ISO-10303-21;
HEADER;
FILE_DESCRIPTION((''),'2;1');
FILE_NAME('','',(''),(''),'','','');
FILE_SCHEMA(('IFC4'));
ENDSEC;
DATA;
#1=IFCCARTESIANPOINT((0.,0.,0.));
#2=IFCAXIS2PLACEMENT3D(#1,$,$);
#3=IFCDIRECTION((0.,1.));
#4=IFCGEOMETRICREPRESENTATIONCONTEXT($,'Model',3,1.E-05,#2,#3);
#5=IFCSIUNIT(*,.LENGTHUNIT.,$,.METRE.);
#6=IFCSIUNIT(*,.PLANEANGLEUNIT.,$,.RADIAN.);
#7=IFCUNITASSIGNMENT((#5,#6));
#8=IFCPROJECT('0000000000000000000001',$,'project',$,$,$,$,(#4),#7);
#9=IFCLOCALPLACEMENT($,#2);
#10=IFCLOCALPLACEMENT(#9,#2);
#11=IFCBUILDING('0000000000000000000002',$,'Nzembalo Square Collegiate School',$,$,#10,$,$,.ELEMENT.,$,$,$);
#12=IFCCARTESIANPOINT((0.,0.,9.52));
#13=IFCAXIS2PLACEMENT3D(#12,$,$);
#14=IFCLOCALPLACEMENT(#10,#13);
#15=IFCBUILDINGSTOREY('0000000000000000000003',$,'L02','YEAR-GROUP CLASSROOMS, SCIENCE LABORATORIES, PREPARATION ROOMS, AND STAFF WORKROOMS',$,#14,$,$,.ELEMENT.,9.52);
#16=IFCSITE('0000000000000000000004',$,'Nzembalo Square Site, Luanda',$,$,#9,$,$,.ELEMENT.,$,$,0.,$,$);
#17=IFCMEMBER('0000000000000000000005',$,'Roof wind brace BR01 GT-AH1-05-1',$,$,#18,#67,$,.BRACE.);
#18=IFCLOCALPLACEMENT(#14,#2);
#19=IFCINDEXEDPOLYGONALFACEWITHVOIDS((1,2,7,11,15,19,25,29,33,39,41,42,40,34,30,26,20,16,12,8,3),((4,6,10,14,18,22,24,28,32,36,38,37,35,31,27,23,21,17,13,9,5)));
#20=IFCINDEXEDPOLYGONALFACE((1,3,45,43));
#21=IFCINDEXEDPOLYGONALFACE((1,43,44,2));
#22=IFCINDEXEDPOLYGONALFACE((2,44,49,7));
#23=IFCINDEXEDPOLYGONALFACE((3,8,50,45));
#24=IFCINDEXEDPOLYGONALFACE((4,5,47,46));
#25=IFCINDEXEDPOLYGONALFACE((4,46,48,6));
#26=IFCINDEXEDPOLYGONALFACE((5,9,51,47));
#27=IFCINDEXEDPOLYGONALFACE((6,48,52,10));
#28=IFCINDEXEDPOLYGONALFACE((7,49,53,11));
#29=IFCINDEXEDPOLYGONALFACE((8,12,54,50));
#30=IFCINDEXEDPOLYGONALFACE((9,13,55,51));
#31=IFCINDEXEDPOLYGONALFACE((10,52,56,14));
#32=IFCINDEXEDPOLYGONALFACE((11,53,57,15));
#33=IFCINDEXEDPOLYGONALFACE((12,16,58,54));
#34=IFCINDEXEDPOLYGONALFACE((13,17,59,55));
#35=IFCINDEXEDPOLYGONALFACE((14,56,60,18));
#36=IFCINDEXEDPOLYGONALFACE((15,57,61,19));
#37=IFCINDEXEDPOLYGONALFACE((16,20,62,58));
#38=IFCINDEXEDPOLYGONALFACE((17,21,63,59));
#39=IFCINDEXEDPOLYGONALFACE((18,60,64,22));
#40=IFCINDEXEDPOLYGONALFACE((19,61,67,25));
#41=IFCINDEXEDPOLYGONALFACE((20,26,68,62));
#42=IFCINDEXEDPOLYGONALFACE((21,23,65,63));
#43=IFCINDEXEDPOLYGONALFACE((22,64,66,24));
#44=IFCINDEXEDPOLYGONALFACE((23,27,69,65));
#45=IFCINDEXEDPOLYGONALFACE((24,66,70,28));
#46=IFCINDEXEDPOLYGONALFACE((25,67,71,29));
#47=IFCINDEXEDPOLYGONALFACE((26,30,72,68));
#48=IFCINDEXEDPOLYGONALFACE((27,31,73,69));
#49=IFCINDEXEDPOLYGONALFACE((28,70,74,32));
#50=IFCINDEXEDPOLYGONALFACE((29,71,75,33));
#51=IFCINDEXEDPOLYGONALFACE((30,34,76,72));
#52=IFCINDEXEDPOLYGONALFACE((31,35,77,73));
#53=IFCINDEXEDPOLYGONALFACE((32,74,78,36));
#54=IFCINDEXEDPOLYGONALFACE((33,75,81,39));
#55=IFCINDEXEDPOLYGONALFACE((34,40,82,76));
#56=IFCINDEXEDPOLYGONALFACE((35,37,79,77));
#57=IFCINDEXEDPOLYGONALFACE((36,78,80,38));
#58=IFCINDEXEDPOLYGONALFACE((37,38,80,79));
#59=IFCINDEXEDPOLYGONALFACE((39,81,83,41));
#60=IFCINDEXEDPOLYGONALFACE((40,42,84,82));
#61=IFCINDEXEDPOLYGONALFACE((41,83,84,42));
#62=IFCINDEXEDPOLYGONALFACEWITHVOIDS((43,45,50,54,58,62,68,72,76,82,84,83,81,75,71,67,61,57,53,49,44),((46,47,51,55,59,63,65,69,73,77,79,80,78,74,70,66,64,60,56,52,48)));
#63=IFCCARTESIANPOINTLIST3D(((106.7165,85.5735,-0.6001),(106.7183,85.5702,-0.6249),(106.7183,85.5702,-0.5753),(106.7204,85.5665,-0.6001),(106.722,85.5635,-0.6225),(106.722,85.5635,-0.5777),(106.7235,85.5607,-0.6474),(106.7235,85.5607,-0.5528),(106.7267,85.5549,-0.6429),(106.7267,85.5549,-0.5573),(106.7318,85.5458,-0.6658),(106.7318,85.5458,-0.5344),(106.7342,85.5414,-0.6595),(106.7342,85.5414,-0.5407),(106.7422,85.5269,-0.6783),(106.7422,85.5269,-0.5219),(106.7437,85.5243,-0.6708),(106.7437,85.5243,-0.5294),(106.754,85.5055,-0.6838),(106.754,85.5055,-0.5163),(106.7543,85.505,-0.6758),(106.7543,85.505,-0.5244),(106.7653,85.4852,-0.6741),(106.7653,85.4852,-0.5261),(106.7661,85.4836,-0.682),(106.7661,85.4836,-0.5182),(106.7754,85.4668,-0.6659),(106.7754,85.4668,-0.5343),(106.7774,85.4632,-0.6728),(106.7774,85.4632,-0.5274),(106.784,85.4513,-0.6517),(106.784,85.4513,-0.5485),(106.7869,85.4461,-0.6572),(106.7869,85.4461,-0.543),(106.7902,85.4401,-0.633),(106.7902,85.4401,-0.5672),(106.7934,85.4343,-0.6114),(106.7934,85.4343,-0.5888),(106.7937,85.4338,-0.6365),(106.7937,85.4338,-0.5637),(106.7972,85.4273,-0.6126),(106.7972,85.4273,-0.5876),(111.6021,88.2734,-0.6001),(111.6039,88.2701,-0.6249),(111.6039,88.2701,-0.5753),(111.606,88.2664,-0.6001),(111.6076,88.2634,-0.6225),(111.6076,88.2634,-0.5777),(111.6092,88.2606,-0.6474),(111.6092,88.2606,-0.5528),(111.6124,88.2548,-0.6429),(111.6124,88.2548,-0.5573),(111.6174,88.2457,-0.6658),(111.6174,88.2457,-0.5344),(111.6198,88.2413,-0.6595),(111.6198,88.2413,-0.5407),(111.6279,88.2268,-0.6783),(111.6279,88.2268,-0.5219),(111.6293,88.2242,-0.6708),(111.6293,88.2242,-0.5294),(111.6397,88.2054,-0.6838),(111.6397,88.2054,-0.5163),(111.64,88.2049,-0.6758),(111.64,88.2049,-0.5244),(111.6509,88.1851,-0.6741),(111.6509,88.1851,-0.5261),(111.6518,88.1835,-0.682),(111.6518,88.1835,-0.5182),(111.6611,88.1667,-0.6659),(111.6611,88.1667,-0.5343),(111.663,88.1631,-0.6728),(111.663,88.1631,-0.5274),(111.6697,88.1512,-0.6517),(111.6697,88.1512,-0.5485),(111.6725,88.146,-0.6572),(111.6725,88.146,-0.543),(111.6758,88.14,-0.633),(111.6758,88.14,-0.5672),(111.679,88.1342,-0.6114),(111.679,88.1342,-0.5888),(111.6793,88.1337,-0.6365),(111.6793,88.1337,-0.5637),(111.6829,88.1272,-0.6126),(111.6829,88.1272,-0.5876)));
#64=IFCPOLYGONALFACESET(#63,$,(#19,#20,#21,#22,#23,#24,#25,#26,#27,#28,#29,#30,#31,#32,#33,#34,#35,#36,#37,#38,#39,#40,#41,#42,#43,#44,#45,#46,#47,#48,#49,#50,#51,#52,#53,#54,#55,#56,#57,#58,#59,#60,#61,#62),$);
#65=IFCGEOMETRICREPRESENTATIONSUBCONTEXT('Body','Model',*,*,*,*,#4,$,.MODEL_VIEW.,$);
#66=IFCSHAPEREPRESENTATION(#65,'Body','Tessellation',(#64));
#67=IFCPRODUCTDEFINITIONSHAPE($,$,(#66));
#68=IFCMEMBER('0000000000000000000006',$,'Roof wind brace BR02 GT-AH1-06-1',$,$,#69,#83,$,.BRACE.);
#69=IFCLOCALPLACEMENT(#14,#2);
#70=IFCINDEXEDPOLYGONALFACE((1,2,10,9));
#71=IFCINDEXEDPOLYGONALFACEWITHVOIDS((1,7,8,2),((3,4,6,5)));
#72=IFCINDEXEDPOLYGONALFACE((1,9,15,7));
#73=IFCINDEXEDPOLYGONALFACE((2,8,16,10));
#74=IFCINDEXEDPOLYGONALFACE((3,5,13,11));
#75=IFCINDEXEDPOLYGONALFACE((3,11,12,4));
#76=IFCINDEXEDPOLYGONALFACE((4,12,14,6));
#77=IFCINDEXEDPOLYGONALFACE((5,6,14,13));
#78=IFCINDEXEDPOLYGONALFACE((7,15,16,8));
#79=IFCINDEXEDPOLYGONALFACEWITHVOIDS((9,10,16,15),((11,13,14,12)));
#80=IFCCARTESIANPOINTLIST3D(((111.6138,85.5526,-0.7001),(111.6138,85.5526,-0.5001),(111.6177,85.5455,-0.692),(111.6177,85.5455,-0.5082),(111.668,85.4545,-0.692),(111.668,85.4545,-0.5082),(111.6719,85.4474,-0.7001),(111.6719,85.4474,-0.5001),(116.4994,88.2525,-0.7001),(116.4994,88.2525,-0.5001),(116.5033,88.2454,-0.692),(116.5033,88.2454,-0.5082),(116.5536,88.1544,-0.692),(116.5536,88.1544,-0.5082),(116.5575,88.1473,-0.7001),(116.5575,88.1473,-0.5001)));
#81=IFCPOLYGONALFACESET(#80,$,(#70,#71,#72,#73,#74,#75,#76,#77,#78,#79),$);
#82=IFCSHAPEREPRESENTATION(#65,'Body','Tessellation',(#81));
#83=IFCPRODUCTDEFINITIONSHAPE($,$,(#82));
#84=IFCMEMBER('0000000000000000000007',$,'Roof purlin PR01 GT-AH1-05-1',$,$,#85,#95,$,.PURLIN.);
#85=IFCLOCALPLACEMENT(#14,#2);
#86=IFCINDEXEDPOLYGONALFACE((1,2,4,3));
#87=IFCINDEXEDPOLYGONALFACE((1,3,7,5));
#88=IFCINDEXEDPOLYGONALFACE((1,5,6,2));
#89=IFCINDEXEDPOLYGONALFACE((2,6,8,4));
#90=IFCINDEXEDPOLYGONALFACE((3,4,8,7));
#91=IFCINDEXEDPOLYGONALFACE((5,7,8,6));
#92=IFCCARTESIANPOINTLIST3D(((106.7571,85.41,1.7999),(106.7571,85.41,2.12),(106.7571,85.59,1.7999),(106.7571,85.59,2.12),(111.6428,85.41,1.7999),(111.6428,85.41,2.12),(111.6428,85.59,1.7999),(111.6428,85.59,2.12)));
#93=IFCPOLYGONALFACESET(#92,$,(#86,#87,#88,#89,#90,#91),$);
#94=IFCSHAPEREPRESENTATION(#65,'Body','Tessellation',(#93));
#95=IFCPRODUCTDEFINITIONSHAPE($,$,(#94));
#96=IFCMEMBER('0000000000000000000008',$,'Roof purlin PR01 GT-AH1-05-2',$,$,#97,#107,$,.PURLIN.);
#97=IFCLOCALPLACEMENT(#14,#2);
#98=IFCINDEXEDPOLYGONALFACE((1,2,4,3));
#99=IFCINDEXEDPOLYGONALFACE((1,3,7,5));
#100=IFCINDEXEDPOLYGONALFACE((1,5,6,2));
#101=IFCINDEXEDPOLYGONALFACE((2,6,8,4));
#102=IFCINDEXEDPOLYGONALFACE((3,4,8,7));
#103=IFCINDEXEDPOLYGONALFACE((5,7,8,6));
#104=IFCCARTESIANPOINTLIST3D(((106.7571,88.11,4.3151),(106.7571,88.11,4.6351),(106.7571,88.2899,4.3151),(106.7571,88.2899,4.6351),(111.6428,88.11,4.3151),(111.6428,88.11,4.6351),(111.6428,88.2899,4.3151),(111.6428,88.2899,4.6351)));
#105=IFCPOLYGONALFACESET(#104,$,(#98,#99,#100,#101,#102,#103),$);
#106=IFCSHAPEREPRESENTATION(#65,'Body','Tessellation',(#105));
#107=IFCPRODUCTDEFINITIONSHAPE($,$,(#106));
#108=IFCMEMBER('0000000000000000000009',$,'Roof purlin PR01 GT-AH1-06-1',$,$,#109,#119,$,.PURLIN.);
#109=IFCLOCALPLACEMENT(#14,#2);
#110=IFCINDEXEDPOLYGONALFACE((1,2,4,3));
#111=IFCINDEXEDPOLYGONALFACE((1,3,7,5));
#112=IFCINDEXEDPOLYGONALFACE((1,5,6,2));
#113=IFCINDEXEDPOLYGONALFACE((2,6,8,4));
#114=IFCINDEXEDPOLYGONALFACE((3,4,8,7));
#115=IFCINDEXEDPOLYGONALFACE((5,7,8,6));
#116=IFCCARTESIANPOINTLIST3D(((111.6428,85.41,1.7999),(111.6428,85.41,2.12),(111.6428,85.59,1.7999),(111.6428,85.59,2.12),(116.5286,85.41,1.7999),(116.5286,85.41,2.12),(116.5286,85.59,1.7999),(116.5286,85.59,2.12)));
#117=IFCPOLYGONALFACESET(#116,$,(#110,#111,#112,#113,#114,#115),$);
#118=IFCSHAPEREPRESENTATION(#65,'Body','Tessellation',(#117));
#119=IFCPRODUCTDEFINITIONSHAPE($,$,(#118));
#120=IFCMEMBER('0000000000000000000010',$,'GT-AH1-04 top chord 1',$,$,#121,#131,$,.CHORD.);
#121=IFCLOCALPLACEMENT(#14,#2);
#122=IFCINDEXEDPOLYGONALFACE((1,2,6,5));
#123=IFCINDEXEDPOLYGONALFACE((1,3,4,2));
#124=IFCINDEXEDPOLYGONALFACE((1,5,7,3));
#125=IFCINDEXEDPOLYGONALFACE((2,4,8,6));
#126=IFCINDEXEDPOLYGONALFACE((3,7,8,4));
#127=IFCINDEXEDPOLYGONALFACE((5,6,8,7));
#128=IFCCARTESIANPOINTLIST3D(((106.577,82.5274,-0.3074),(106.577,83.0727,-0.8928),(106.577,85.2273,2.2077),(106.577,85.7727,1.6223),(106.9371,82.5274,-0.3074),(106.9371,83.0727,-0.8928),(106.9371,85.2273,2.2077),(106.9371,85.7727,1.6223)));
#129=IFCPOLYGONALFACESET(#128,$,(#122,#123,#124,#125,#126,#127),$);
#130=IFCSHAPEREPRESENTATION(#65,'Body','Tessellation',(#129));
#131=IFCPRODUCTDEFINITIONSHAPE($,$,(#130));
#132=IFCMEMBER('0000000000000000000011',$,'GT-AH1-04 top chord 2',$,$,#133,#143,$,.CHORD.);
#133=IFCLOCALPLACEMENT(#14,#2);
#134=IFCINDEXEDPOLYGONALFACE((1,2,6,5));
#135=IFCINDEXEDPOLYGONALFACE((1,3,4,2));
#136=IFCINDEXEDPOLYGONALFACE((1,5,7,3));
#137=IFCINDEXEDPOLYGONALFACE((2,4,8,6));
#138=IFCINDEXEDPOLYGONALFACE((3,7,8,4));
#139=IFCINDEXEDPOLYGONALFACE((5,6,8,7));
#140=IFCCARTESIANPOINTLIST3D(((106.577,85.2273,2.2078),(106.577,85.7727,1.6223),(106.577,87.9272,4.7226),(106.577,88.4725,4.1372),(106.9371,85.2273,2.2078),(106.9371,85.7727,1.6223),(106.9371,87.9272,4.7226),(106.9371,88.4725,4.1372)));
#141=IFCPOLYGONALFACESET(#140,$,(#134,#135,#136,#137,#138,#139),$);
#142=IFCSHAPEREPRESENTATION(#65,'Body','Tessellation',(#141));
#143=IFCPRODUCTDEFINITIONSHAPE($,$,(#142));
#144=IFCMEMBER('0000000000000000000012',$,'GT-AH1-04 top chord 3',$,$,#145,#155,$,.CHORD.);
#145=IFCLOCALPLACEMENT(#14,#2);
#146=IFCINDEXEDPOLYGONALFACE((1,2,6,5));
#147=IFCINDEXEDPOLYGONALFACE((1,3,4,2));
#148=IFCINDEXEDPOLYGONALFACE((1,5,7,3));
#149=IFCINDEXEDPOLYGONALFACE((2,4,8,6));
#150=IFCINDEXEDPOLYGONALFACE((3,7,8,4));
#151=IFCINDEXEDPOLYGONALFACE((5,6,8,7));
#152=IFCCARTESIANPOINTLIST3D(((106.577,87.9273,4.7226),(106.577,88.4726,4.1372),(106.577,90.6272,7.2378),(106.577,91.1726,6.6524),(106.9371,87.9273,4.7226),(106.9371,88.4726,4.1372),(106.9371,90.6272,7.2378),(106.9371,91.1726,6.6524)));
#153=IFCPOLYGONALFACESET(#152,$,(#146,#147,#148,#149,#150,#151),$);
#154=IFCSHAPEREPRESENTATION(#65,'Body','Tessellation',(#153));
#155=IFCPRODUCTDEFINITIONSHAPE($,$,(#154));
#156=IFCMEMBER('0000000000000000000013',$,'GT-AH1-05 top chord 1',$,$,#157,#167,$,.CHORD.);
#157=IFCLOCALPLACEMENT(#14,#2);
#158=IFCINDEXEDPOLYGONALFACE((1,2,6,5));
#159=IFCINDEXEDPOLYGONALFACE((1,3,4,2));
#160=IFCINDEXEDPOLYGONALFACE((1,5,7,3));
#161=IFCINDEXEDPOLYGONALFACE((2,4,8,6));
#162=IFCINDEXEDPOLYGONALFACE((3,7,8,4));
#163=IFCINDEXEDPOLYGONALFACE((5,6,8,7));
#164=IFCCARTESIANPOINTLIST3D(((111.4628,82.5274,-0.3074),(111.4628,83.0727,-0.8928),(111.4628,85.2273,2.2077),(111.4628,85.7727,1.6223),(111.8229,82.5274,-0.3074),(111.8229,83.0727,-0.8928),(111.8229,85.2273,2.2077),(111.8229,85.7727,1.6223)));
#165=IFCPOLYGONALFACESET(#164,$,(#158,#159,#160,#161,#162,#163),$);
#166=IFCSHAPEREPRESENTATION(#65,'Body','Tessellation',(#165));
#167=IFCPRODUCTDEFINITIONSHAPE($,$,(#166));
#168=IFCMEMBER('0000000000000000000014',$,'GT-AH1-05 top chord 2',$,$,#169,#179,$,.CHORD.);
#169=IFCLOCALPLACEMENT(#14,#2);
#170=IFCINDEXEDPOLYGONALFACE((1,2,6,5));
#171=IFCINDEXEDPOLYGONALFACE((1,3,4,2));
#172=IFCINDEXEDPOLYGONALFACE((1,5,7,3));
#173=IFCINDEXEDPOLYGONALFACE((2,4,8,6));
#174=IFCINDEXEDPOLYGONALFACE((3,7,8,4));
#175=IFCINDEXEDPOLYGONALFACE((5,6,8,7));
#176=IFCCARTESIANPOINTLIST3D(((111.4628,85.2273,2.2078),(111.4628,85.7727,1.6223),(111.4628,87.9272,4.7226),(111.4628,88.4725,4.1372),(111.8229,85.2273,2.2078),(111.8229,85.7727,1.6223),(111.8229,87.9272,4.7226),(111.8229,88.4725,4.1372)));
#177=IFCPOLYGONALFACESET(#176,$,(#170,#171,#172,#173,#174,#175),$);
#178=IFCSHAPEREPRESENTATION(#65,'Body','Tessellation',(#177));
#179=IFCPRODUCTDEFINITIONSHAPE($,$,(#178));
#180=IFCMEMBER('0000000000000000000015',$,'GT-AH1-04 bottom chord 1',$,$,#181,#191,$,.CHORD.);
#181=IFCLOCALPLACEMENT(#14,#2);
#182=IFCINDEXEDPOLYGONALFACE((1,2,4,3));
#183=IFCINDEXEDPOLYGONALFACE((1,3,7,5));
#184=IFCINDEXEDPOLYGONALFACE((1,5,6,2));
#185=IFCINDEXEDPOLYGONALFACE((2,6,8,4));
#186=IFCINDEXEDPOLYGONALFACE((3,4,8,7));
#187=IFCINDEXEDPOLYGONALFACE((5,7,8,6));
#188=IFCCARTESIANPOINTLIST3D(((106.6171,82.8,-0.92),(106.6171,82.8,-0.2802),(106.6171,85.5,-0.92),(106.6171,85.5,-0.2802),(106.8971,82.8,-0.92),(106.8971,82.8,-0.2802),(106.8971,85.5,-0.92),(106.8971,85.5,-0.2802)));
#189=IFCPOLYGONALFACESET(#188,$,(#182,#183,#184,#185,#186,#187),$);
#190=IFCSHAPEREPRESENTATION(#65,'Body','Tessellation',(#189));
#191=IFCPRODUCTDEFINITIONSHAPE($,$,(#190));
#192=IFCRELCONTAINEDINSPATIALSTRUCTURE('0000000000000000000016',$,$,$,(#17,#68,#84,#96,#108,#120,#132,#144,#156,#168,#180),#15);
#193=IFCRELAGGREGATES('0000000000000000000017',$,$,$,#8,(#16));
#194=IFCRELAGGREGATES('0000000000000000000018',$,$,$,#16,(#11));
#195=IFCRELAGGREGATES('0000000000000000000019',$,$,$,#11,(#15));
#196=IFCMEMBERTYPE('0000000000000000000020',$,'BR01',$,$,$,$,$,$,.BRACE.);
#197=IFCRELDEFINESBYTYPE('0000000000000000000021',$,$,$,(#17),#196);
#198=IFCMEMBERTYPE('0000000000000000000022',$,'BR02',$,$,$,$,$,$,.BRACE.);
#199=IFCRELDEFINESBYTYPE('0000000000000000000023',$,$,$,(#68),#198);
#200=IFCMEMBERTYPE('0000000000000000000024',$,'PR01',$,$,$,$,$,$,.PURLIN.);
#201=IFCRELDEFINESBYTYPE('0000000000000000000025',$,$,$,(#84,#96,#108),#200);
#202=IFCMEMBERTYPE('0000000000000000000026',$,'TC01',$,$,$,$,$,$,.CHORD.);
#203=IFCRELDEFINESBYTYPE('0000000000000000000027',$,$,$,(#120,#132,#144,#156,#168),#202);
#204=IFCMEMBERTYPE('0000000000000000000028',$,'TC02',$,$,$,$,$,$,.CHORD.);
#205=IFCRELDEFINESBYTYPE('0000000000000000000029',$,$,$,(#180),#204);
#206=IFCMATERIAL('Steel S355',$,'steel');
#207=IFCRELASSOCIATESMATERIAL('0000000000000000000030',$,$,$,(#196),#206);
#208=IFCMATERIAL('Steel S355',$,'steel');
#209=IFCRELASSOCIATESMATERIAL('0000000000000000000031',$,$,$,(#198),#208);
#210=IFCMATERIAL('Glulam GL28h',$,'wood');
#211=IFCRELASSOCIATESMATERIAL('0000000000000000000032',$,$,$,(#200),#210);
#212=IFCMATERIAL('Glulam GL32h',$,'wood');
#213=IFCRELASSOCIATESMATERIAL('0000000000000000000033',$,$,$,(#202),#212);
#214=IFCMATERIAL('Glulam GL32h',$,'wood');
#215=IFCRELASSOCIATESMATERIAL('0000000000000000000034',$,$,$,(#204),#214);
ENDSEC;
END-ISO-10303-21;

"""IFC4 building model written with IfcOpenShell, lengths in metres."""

from ifc_helpers import new_model, si_unit, direction, frame, origin, origin_2d, place, context, subcontext, project, spatial, rectangle, hollow_rectangle, hollow_circle, extrude, material, material_profile, profile_set, type_object, element, save


model = new_model("IFC4")

# Units and contexts
model_context = context("Model", 3, precision=1e-05, world=origin(), true_north=direction((0.0, 1.0)))
body_context = subcontext(model_context, "Body", "Model", "MODEL_VIEW")
ifc_project = project(units=[si_unit("LENGTHUNIT", "METRE"), si_unit("PLANEANGLEUNIT", "RADIAN")], contexts=[model_context])

# Site, building, storey
site_placement = place(None, origin())
site = spatial("IfcSite", under=ifc_project, at=site_placement, Name="Nzembalo Square Site, Luanda", CompositionType="ELEMENT", RefElevation=0.0)
building_placement = place(site_placement, origin())
building = spatial("IfcBuilding", under=site, at=building_placement, Name="Nzembalo Square Collegiate School", CompositionType="ELEMENT")
storey_placement = place(building_placement, frame((0.0, 0.0, 9.52)))
storey = spatial("IfcBuildingStorey", under=building, at=storey_placement, Name="L02", Description="YEAR-GROUP CLASSROOMS, SCIENCE LABORATORIES, PREPARATION ROOMS, AND STAFF WORKROOMS", CompositionType="ELEMENT", Elevation=9.52)

# Members
ifc_material_1 = material(Name="Steel S355", Category="steel")
ifc_material_profile_1 = material_profile(ifc_material_1, hollow_circle(Radius=0.084, WallThickness=0.0081, at=origin_2d()), Name="CHS 168x8")
ifc_profile_set_1 = profile_set([ifc_material_profile_1], Name="Steel S355")
member_type_1 = type_object("IfcMemberType", Name="BR01", PredefinedType="BRACE", material=ifc_profile_set_1)
member_1_placement = place(storey_placement, frame((106.7571, 85.5, -0.6001), z_axis=(0.875246, 0.483677, 0.0), x_axis=(-0.483677, 0.875246, 0.0)))
element("IfcMember", 1, at=member_1_placement, inside=storey, type_object=member_type_1, Name="Roof wind brace BR01 GT-AH1-05-1", PredefinedType="BRACE", context=body_context, shape_type="SweptSolid", body=[
    extrude(hollow_circle(Radius=0.084, WallThickness=0.0081, at=origin_2d()), origin(), (0.0, 0.0, 1.0), 5.582),
])
ifc_material_2 = material(Name="Steel S355", Category="steel")
ifc_material_profile_2 = material_profile(ifc_material_2, hollow_rectangle(XDim=0.1201, YDim=0.2, WallThickness=0.0081, at=origin_2d()), Name="RHS 200x120x8")
ifc_profile_set_2 = profile_set([ifc_material_profile_2], Name="Steel S355")
member_type_2 = type_object("IfcMemberType", Name="BR02", PredefinedType="BRACE", material=ifc_profile_set_2)
member_2_placement = place(storey_placement, frame((111.6428, 85.5, -0.6001), z_axis=(0.875246, 0.483677, 0.0), x_axis=(-0.483677, 0.875246, 0.0)))
element("IfcMember", 2, at=member_2_placement, inside=storey, type_object=member_type_2, Name="Roof wind brace BR02 GT-AH1-06-1", PredefinedType="BRACE", context=body_context, shape_type="SweptSolid", body=[
    extrude(hollow_rectangle(XDim=0.1201, YDim=0.2, WallThickness=0.0081, at=origin_2d()), origin(), (0.0, 0.0, 1.0), 5.582),
])
ifc_material_3 = material(Name="Glulam GL28h", Category="wood")
ifc_material_profile_3 = material_profile(ifc_material_3, rectangle(XDim=0.1799, YDim=0.3201, at=origin_2d()), Name="GL28h 180x320")
ifc_profile_set_3 = profile_set([ifc_material_profile_3], Name="Glulam GL28h")
member_type_3 = type_object("IfcMemberType", Name="PR01", PredefinedType="PURLIN", material=ifc_profile_set_3)
for number, where, z_axis, x_axis, name in (
    (3, (106.7571, 85.5, 1.96), (1.0, 0.0, 0.0), (0.0, 1.0, 0.0), "Roof purlin PR01 GT-AH1-05-1"),
    (4, (106.7571, 88.2, 4.4751), (1.0, 0.0, 0.0), (0.0, 1.0, 0.0), "Roof purlin PR01 GT-AH1-05-2"),
    (5, (111.6428, 85.5, 1.96), (1.0, 0.0, 0.0), (0.0, 1.0, 0.0), "Roof purlin PR01 GT-AH1-06-1"),
):
    element("IfcMember", number, at=place(storey_placement, frame(where, z_axis=z_axis, x_axis=x_axis)), inside=storey, type_object=member_type_3, Name=name, PredefinedType="PURLIN", context=body_context, shape_type="SweptSolid", body=[
        extrude(rectangle(XDim=0.1799, YDim=0.3201, at=origin_2d()), origin(), (0.0, 0.0, 1.0), 4.8857),
    ])
ifc_material_4 = material(Name="Glulam GL32h", Category="wood")
ifc_material_profile_4 = material_profile(ifc_material_4, rectangle(XDim=0.3601, YDim=0.8, at=origin_2d()), Name="GL32h 360x800")
ifc_profile_set_4 = profile_set([ifc_material_profile_4], Name="Glulam GL32h")
member_type_4 = type_object("IfcMemberType", Name="TC01", PredefinedType="CHORD", material=ifc_profile_set_4)
member_3_placement = place(storey_placement, frame((106.7571, 82.8, -0.6001), z_axis=(0.0, 0.731706, 0.68162), x_axis=(-1.0, 0.0, 0.0)))
element("IfcMember", 6, at=member_3_placement, inside=storey, type_object=member_type_4, Name="GT-AH1-04 top chord 1", PredefinedType="CHORD", context=body_context, shape_type="SweptSolid", body=[
    extrude(rectangle(XDim=0.3601, YDim=0.8, at=origin_2d()), origin(), (0.0, 0.0, 1.0), 3.6899),
])
member_4_placement = place(storey_placement, frame((106.7571, 85.5, 1.915), z_axis=(0.0, 0.731739, 0.681585), x_axis=(-1.0, 0.0, 0.0)))
element("IfcMember", 7, at=member_4_placement, inside=storey, type_object=member_type_4, Name="GT-AH1-04 top chord 2", PredefinedType="CHORD", context=body_context, shape_type="SweptSolid", body=[
    extrude(rectangle(XDim=0.3601, YDim=0.8, at=origin_2d()), origin(), (0.0, 0.0, 1.0), 3.6897),
])
for number, where, z_axis, x_axis, name in (
    (8, (106.7571, 88.2, 4.4299), (0.0, 0.731706, 0.68162), (-1.0, 0.0, 0.0), "GT-AH1-04 top chord 3"),
    (9, (111.6428, 82.8, -0.6001), (0.0, 0.731706, 0.68162), (-1.0, 0.0, 0.0), "GT-AH1-05 top chord 1"),
):
    element("IfcMember", number, at=place(storey_placement, frame(where, z_axis=z_axis, x_axis=x_axis)), inside=storey, type_object=member_type_4, Name=name, PredefinedType="CHORD", context=body_context, shape_type="SweptSolid", body=[
        extrude(rectangle(XDim=0.3601, YDim=0.8, at=origin_2d()), origin(), (0.0, 0.0, 1.0), 3.6899),
    ])
member_5_placement = place(storey_placement, frame((111.6428, 85.5, 1.915), z_axis=(0.0, 0.731739, 0.681585), x_axis=(-1.0, 0.0, 0.0)))
element("IfcMember", 10, at=member_5_placement, inside=storey, type_object=member_type_4, Name="GT-AH1-05 top chord 2", PredefinedType="CHORD", context=body_context, shape_type="SweptSolid", body=[
    extrude(rectangle(XDim=0.3601, YDim=0.8, at=origin_2d()), origin(), (0.0, 0.0, 1.0), 3.6897),
])
ifc_material_5 = material(Name="Glulam GL32h", Category="wood")
ifc_material_profile_5 = material_profile(ifc_material_5, rectangle(XDim=0.28, YDim=0.6399, at=origin_2d()), Name="GL32h 280x640")
ifc_profile_set_5 = profile_set([ifc_material_profile_5], Name="Glulam GL32h")
member_type_5 = type_object("IfcMemberType", Name="TC02", PredefinedType="CHORD", material=ifc_profile_set_5)
for number, where, z_axis, x_axis, name in (
    (11, (106.7571, 82.8, -0.6001), (0.0, 1.0, 0.0), (-1.0, 0.0, 0.0), "GT-AH1-04 bottom chord 1"),
):
    element("IfcMember", number, at=place(storey_placement, frame(where, z_axis=z_axis, x_axis=x_axis)), inside=storey, type_object=member_type_5, Name=name, PredefinedType="CHORD", context=body_context, shape_type="SweptSolid", body=[
        extrude(rectangle(XDim=0.28, YDim=0.6399, at=origin_2d()), origin(), (0.0, 0.0, 1.0), 2.7),
    ])

save(model, "model.ifc")
